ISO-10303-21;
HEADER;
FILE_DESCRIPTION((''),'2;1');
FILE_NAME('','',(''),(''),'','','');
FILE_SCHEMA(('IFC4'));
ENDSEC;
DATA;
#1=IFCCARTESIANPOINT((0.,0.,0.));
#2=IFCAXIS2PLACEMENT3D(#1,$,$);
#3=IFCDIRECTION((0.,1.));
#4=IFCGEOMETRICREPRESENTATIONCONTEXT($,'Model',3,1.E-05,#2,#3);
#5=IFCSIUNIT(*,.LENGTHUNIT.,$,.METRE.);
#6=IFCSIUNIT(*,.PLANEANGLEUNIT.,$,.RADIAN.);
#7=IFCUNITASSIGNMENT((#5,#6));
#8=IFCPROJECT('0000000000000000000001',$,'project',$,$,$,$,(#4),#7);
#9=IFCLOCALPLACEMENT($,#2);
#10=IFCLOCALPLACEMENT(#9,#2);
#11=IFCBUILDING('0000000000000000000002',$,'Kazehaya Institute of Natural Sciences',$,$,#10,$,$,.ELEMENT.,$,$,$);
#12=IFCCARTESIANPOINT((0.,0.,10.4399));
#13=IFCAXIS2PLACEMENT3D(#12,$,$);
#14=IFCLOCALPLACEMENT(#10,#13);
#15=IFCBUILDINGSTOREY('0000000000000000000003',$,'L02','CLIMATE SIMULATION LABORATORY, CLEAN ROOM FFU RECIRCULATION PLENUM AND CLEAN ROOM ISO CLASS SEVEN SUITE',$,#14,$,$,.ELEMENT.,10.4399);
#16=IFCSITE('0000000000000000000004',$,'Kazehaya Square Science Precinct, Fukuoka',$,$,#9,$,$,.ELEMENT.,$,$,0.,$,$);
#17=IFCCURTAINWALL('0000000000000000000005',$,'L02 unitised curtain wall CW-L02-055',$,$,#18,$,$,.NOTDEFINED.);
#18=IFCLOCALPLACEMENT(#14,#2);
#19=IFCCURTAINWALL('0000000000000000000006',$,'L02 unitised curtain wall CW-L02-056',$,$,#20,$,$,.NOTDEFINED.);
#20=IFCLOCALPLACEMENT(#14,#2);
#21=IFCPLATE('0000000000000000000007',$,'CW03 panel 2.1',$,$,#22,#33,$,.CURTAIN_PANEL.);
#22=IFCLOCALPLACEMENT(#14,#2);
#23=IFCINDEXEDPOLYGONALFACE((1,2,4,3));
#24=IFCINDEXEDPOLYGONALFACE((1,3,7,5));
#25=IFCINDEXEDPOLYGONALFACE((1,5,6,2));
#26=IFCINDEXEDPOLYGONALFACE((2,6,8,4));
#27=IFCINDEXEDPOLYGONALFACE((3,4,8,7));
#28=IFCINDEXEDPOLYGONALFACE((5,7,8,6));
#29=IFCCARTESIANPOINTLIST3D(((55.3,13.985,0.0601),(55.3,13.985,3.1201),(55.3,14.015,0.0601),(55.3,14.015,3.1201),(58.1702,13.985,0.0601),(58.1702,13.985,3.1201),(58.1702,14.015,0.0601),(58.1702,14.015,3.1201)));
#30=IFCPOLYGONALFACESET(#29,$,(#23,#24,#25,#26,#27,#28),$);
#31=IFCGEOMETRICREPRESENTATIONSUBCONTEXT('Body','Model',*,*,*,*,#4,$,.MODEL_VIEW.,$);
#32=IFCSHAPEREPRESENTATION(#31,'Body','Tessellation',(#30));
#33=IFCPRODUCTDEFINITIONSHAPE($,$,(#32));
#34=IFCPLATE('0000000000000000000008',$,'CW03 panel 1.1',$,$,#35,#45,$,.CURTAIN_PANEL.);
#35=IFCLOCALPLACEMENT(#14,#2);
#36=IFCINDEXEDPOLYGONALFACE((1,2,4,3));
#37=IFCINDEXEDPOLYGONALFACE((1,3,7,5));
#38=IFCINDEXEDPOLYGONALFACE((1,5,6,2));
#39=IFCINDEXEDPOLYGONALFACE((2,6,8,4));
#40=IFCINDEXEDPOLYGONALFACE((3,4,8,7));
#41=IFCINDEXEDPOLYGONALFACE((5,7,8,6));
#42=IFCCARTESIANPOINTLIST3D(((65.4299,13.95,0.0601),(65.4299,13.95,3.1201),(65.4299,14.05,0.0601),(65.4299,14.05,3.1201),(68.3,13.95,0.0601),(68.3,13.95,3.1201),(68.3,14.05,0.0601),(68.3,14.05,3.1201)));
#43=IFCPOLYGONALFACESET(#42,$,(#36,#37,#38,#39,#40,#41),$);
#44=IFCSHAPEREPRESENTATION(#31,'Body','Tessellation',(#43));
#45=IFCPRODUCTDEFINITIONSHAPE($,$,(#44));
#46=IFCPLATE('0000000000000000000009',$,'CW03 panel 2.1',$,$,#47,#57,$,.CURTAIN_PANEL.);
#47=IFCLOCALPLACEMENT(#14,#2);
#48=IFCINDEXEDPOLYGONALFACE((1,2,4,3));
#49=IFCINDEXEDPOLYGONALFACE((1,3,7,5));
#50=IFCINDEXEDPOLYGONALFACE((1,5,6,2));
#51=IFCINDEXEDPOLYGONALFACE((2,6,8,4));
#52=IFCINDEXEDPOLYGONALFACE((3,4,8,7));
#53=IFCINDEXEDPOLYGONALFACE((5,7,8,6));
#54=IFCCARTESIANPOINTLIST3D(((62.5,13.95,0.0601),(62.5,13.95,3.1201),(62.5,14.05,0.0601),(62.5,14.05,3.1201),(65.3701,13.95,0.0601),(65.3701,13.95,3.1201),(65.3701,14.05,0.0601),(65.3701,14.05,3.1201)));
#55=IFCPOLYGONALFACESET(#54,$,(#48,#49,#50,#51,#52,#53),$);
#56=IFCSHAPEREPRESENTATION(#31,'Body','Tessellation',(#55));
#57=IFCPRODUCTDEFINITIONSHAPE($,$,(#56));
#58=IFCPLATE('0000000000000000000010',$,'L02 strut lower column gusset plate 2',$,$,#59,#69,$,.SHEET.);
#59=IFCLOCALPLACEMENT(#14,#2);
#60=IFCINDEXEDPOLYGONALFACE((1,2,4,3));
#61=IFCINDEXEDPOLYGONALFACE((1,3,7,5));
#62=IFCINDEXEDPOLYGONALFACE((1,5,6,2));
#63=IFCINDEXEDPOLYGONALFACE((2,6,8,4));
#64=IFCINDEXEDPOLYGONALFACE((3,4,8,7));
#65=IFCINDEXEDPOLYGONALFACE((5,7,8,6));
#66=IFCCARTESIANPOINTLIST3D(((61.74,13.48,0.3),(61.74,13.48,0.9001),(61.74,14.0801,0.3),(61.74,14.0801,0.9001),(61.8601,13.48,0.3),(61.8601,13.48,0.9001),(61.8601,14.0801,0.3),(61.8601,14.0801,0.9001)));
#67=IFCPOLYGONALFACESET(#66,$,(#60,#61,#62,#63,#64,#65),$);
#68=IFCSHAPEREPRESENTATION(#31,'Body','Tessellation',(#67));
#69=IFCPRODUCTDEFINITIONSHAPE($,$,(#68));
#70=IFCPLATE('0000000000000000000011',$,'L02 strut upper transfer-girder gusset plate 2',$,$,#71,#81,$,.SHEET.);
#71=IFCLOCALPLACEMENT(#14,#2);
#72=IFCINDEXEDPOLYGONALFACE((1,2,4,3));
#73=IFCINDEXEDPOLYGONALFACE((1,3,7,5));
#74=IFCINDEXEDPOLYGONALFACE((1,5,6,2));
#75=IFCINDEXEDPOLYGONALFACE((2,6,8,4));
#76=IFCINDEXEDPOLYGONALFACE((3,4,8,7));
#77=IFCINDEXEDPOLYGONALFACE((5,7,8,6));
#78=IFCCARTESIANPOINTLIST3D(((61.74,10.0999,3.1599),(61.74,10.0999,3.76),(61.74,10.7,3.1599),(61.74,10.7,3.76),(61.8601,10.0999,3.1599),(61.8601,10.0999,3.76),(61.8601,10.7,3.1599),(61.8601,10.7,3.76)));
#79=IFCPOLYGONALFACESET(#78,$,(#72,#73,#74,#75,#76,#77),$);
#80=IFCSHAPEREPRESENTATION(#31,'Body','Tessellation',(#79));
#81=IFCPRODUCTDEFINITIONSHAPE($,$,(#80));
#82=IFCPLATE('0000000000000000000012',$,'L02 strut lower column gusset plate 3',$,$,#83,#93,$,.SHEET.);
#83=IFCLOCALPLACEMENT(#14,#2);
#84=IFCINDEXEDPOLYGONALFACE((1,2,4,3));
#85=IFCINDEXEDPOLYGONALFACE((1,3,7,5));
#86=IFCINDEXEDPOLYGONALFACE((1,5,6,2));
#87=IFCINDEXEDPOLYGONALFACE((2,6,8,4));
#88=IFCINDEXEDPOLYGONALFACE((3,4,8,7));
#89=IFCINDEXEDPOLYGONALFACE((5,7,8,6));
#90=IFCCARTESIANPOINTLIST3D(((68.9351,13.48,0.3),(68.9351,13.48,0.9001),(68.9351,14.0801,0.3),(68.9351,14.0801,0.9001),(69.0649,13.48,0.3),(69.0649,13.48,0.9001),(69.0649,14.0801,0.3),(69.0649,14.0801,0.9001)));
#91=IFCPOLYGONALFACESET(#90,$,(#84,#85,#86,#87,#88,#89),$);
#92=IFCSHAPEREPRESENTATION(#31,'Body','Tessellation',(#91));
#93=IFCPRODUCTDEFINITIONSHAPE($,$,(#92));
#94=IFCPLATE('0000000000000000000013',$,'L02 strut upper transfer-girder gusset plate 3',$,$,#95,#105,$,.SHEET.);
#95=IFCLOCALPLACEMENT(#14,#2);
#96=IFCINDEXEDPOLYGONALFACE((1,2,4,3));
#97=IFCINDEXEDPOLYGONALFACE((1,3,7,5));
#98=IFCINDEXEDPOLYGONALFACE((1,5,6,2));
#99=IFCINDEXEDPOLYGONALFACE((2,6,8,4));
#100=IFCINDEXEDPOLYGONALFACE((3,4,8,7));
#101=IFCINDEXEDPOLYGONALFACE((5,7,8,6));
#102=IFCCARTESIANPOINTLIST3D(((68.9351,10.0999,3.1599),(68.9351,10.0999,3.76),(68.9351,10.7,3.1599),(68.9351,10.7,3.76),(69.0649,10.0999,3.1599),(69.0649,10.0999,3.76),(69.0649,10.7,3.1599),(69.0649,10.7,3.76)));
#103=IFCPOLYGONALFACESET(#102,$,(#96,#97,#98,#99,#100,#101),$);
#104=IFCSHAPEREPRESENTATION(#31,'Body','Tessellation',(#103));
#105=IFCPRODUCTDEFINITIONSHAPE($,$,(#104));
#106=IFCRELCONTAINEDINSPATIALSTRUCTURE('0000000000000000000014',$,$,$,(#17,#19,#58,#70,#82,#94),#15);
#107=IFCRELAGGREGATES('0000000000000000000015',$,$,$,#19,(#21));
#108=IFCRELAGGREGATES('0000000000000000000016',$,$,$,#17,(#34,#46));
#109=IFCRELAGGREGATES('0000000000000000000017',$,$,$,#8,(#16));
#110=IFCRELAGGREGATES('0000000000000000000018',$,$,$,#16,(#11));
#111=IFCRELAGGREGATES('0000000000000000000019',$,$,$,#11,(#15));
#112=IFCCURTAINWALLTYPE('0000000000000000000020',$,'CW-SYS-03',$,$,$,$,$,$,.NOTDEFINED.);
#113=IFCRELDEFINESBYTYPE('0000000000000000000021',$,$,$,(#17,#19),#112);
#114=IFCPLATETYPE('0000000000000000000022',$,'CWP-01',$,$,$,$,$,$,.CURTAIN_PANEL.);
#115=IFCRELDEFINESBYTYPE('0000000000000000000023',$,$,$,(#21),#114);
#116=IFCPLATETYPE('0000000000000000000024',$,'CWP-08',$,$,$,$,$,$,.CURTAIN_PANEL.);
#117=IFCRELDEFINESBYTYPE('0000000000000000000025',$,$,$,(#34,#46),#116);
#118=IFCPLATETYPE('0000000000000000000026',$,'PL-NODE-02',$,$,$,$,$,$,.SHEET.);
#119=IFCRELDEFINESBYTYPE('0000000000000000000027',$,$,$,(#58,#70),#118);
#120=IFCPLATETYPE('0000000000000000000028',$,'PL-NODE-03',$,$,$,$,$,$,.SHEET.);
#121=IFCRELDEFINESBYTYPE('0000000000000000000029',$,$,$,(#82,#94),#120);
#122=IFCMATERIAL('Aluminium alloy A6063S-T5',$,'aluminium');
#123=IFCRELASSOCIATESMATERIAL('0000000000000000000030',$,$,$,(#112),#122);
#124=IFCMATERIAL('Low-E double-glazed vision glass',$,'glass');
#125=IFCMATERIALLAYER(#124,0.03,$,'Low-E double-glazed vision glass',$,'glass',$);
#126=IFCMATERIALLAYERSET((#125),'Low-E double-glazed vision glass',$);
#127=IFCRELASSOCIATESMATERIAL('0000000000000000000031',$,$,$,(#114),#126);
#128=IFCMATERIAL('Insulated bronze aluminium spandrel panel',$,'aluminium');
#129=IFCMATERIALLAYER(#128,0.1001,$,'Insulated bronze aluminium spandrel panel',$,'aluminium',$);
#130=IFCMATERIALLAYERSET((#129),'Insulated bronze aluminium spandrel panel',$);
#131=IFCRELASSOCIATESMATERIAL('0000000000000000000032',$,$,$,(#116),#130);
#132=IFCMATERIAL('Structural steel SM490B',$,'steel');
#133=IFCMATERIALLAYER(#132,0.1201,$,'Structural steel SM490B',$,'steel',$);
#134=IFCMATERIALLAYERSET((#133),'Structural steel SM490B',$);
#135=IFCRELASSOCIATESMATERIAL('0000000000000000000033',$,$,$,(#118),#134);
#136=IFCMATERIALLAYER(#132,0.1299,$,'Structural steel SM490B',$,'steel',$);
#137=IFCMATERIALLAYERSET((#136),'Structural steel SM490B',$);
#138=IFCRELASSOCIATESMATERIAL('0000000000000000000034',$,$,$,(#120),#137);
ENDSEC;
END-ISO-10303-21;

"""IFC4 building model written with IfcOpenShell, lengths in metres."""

from ifc_helpers import new_model, si_unit, direction, frame, origin, origin_2d, place, context, subcontext, project, spatial, rectangle, extrude, material, layer, layer_set, type_object, element, aggregate, save


model = new_model("IFC4")

# Units and contexts
model_context = context("Model", 3, precision=1e-05, world=origin(), true_north=direction((0.0, 1.0)))
body_context = subcontext(model_context, "Body", "Model", "MODEL_VIEW")
ifc_project = project(units=[si_unit("LENGTHUNIT", "METRE"), si_unit("PLANEANGLEUNIT", "RADIAN")], contexts=[model_context])

# Site, building, storey
site_placement = place(None, origin())
site = spatial("IfcSite", under=ifc_project, at=site_placement, Name="Kazehaya Square Science Precinct, Fukuoka", CompositionType="ELEMENT", RefElevation=0.0)
building_placement = place(site_placement, origin())
building = spatial("IfcBuilding", under=site, at=building_placement, Name="Kazehaya Institute of Natural Sciences", CompositionType="ELEMENT")
storey_placement = place(building_placement, frame((0.0, 0.0, 10.4399)))
storey = spatial("IfcBuildingStorey", under=building, at=storey_placement, Name="L02", Description="CLIMATE SIMULATION LABORATORY, CLEAN ROOM FFU RECIRCULATION PLENUM AND CLEAN ROOM ISO CLASS SEVEN SUITE", CompositionType="ELEMENT", Elevation=10.4399)

# Curtain walls
ifc_material_1 = material(Name="Aluminium alloy A6063S-T5", Category="aluminium")
curtain_wall_type = type_object("IfcCurtainWallType", Name="CW-SYS-03", PredefinedType="NOTDEFINED", material=ifc_material_1)
curtain_wall_1_placement = place(storey_placement, origin())
curtain_wall_1 = element("IfcCurtainWall", 1, at=curtain_wall_1_placement, inside=storey, type_object=curtain_wall_type, Name="L02 unitised curtain wall CW-L02-055", PredefinedType="NOTDEFINED")
curtain_wall_2_placement = place(storey_placement, origin())
curtain_wall_2 = element("IfcCurtainWall", 2, at=curtain_wall_2_placement, inside=storey, type_object=curtain_wall_type, Name="L02 unitised curtain wall CW-L02-056", PredefinedType="NOTDEFINED")

# Plates
ifc_material_2 = material(Name="Low-E double-glazed vision glass", Category="glass")
ifc_layer_1 = layer(ifc_material_2, 0.03, Name="Low-E double-glazed vision glass", Category="glass")
ifc_layer_set_1 = layer_set([ifc_layer_1], Name="Low-E double-glazed vision glass")
plate_type_1 = type_object("IfcPlateType", Name="CWP-01", PredefinedType="CURTAIN_PANEL", material=ifc_layer_set_1)
plate_1_placement = place(storey_placement, frame((56.7351, 14.0, 0.0601), z_axis=(0.0, 0.0, 1.0), x_axis=(-1.0, 0.0, 0.0)))
plate_1 = element("IfcPlate", 3, at=plate_1_placement, type_object=plate_type_1, Name="CW03 panel 2.1", PredefinedType="CURTAIN_PANEL", context=body_context, shape_type="SweptSolid", body=[
    extrude(rectangle(XDim=2.8701, YDim=0.03, at=origin_2d()), origin(), (0.0, 0.0, 1.0), 3.0601),
])
aggregate(curtain_wall_2, [plate_1])
ifc_material_3 = material(Name="Insulated bronze aluminium spandrel panel", Category="aluminium")
ifc_layer_2 = layer(ifc_material_3, 0.1001, Name="Insulated bronze aluminium spandrel panel", Category="aluminium")
ifc_layer_set_2 = layer_set([ifc_layer_2], Name="Insulated bronze aluminium spandrel panel")
plate_type_2 = type_object("IfcPlateType", Name="CWP-08", PredefinedType="CURTAIN_PANEL", material=ifc_layer_set_2)
plate_2_placement = place(storey_placement, frame((66.865, 14.0, 0.0601), z_axis=(0.0, 0.0, 1.0), x_axis=(-1.0, 0.0, 0.0)))
plate_2 = element("IfcPlate", 4, at=plate_2_placement, type_object=plate_type_2, Name="CW03 panel 1.1", PredefinedType="CURTAIN_PANEL", context=body_context, shape_type="SweptSolid", body=[
    extrude(rectangle(XDim=2.8701, YDim=0.1001, at=origin_2d()), origin(), (0.0, 0.0, 1.0), 3.0601),
])
plate_3_placement = place(storey_placement, frame((63.9351, 14.0, 0.0601), z_axis=(0.0, 0.0, 1.0), x_axis=(-1.0, 0.0, 0.0)))
plate_3 = element("IfcPlate", 5, at=plate_3_placement, type_object=plate_type_2, Name="CW03 panel 2.1", PredefinedType="CURTAIN_PANEL", context=body_context, shape_type="SweptSolid", body=[
    extrude(rectangle(XDim=2.8701, YDim=0.1001, at=origin_2d()), origin(), (0.0, 0.0, 1.0), 3.0601),
])
aggregate(curtain_wall_1, [plate_2, plate_3])

# Plates
ifc_material_4 = material(Name="Structural steel SM490B", Category="steel")
ifc_layer_3 = layer(ifc_material_4, 0.1201, Name="Structural steel SM490B", Category="steel")
ifc_layer_set_3 = layer_set([ifc_layer_3], Name="Structural steel SM490B")
plate_type_3 = type_object("IfcPlateType", Name="PL-NODE-02", PredefinedType="SHEET", material=ifc_layer_set_3)
for number, where, z_axis, x_axis, name in (
    (6, (61.8, 13.78, 0.3), (0.0, 0.0, 1.0), (1.0, 0.0, 0.0), "L02 strut lower column gusset plate 2"),
    (7, (61.8, 10.3999, 3.1599), (0.0, 0.0, 1.0), (1.0, 0.0, 0.0), "L02 strut upper transfer-girder gusset plate 2"),
):
    element("IfcPlate", number, at=place(storey_placement, frame(where, z_axis=z_axis, x_axis=x_axis)), inside=storey, type_object=plate_type_3, Name=name, PredefinedType="SHEET", context=body_context, shape_type="SweptSolid", body=[
        extrude(rectangle(XDim=0.1201, YDim=0.6001, at=origin_2d()), origin(), (0.0, 0.0, 1.0), 0.6001),
    ])
ifc_layer_4 = layer(ifc_material_4, 0.1299, Name="Structural steel SM490B", Category="steel")
ifc_layer_set_4 = layer_set([ifc_layer_4], Name="Structural steel SM490B")
plate_type_4 = type_object("IfcPlateType", Name="PL-NODE-03", PredefinedType="SHEET", material=ifc_layer_set_4)
for number, where, z_axis, x_axis, name in (
    (8, (69.0, 13.78, 0.3), (0.0, 0.0, 1.0), (1.0, 0.0, 0.0), "L02 strut lower column gusset plate 3"),
    (9, (69.0, 10.3999, 3.1599), (0.0, 0.0, 1.0), (1.0, 0.0, 0.0), "L02 strut upper transfer-girder gusset plate 3"),
):
    element("IfcPlate", number, at=place(storey_placement, frame(where, z_axis=z_axis, x_axis=x_axis)), inside=storey, type_object=plate_type_4, Name=name, PredefinedType="SHEET", context=body_context, shape_type="SweptSolid", body=[
        extrude(rectangle(XDim=0.1299, YDim=0.6001, at=origin_2d()), origin(), (0.0, 0.0, 1.0), 0.6001),
    ])

save(model, "model.ifc")
